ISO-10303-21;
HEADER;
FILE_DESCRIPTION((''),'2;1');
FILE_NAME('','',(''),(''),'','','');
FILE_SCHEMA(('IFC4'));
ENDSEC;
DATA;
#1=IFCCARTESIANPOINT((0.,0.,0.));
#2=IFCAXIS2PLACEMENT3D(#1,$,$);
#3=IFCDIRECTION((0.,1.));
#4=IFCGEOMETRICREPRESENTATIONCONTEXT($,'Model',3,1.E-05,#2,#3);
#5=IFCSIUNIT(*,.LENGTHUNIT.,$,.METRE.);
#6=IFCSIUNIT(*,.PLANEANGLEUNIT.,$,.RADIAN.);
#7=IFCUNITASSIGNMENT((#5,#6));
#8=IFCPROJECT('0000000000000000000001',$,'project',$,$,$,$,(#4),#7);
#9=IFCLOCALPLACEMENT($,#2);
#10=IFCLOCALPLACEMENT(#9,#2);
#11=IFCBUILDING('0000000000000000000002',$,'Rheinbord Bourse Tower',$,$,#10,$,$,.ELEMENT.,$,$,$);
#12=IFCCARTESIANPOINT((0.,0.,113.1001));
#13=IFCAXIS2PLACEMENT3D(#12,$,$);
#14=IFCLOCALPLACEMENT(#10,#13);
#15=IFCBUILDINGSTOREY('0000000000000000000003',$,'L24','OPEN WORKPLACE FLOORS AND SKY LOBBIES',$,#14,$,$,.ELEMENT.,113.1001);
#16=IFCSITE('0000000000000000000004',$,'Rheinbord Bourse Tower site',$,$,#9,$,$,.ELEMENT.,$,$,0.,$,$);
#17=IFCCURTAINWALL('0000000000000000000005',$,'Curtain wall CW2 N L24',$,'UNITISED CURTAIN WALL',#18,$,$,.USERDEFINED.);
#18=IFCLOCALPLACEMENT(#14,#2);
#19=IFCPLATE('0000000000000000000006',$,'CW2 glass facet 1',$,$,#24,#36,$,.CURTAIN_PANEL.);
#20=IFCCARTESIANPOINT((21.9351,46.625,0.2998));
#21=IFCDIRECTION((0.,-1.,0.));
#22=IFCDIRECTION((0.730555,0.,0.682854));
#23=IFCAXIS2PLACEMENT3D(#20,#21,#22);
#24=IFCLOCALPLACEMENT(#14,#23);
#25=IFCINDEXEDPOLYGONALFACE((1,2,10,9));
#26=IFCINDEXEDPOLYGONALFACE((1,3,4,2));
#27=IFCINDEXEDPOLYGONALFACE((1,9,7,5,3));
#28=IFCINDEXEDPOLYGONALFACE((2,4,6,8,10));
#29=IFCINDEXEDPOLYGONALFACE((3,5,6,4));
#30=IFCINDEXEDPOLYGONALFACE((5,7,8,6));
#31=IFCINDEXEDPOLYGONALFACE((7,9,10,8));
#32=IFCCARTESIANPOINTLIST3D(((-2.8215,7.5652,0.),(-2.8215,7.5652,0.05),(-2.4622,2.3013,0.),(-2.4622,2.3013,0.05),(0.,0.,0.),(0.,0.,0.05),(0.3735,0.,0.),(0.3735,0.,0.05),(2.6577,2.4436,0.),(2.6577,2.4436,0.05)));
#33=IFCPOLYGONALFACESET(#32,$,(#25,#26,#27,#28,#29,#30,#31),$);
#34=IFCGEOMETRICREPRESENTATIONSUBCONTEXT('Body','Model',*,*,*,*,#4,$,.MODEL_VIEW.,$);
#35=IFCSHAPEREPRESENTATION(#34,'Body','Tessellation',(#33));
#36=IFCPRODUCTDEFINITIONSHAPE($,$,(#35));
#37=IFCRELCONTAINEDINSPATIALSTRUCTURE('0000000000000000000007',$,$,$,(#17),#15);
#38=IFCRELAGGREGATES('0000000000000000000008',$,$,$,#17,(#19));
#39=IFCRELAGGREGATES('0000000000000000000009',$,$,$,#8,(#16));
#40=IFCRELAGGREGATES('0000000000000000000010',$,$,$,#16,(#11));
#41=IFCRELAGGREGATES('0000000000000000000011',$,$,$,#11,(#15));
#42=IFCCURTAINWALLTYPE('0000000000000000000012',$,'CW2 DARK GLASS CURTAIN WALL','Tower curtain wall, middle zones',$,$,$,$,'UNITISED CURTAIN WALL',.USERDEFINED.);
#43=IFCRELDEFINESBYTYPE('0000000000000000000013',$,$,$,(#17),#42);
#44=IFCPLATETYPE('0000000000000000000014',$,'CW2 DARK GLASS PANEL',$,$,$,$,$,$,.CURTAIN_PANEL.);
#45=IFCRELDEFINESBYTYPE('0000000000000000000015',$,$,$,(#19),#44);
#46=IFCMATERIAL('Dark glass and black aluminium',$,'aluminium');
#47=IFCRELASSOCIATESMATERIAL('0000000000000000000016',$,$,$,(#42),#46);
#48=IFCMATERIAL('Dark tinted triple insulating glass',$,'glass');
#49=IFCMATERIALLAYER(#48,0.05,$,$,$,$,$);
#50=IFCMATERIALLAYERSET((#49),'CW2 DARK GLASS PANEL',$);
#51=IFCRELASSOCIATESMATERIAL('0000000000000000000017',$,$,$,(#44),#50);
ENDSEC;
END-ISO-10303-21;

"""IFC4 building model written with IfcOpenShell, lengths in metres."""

from ifc_helpers import new_model, si_unit, direction, frame, origin, place, context, subcontext, project, spatial, polyline, outline, extrude, material, layer, layer_set, type_object, element, aggregate, save


model = new_model("IFC4")

# Units and contexts
model_context = context("Model", 3, precision=1e-05, world=origin(), true_north=direction((0.0, 1.0)))
body_context = subcontext(model_context, "Body", "Model", "MODEL_VIEW")
ifc_project = project(units=[si_unit("LENGTHUNIT", "METRE"), si_unit("PLANEANGLEUNIT", "RADIAN")], contexts=[model_context])

# Site, building, storey
site_placement = place(None, origin())
site = spatial("IfcSite", under=ifc_project, at=site_placement, Name="Rheinbord Bourse Tower site", CompositionType="ELEMENT", RefElevation=0.0)
building_placement = place(site_placement, origin())
building = spatial("IfcBuilding", under=site, at=building_placement, Name="Rheinbord Bourse Tower", CompositionType="ELEMENT")
storey_placement = place(building_placement, frame((0.0, 0.0, 113.1001)))
storey = spatial("IfcBuildingStorey", under=building, at=storey_placement, Name="L24", Description="OPEN WORKPLACE FLOORS AND SKY LOBBIES", CompositionType="ELEMENT", Elevation=113.1001)

# Curtain wall
ifc_material_1 = material(Name="Dark glass and black aluminium", Category="aluminium")
curtain_wall_type = type_object("IfcCurtainWallType", Name="CW2 DARK GLASS CURTAIN WALL", Description="Tower curtain wall, middle zones", ElementType="UNITISED CURTAIN WALL", PredefinedType="USERDEFINED", material=ifc_material_1)
curtain_wall_placement = place(storey_placement, origin())
curtain_wall = element("IfcCurtainWall", 1, at=curtain_wall_placement, inside=storey, type_object=curtain_wall_type, Name="Curtain wall CW2 N L24", ObjectType="UNITISED CURTAIN WALL", PredefinedType="USERDEFINED")

# Plate
ifc_material_2 = material(Name="Dark tinted triple insulating glass", Category="glass")
ifc_layer_1 = layer(ifc_material_2, 0.05)
ifc_layer_set_1 = layer_set([ifc_layer_1], Name="CW2 DARK GLASS PANEL")
plate_type = type_object("IfcPlateType", Name="CW2 DARK GLASS PANEL", PredefinedType="CURTAIN_PANEL", material=ifc_layer_set_1)
plate_1_placement = place(storey_placement, frame((21.9351, 46.625, 0.2998), z_axis=(0.0, -1.0, 0.0), x_axis=(0.730555, 0.0, 0.682854)))
plate_1 = element("IfcPlate", 2, at=plate_1_placement, type_object=plate_type, Name="CW2 glass facet 1", PredefinedType="CURTAIN_PANEL", context=body_context, shape_type="SweptSolid", body=[
    extrude(outline(polyline([(0.0, 0.0), (0.3735, 0.0), (2.6577, 2.4436), (-2.8215, 7.5652), (-2.4622, 2.3013), (0.0, 0.0)])), origin(), (0.0, 0.0, 1.0), 0.05),
])
aggregate(curtain_wall, [plate_1])

save(model, "model.ifc")
